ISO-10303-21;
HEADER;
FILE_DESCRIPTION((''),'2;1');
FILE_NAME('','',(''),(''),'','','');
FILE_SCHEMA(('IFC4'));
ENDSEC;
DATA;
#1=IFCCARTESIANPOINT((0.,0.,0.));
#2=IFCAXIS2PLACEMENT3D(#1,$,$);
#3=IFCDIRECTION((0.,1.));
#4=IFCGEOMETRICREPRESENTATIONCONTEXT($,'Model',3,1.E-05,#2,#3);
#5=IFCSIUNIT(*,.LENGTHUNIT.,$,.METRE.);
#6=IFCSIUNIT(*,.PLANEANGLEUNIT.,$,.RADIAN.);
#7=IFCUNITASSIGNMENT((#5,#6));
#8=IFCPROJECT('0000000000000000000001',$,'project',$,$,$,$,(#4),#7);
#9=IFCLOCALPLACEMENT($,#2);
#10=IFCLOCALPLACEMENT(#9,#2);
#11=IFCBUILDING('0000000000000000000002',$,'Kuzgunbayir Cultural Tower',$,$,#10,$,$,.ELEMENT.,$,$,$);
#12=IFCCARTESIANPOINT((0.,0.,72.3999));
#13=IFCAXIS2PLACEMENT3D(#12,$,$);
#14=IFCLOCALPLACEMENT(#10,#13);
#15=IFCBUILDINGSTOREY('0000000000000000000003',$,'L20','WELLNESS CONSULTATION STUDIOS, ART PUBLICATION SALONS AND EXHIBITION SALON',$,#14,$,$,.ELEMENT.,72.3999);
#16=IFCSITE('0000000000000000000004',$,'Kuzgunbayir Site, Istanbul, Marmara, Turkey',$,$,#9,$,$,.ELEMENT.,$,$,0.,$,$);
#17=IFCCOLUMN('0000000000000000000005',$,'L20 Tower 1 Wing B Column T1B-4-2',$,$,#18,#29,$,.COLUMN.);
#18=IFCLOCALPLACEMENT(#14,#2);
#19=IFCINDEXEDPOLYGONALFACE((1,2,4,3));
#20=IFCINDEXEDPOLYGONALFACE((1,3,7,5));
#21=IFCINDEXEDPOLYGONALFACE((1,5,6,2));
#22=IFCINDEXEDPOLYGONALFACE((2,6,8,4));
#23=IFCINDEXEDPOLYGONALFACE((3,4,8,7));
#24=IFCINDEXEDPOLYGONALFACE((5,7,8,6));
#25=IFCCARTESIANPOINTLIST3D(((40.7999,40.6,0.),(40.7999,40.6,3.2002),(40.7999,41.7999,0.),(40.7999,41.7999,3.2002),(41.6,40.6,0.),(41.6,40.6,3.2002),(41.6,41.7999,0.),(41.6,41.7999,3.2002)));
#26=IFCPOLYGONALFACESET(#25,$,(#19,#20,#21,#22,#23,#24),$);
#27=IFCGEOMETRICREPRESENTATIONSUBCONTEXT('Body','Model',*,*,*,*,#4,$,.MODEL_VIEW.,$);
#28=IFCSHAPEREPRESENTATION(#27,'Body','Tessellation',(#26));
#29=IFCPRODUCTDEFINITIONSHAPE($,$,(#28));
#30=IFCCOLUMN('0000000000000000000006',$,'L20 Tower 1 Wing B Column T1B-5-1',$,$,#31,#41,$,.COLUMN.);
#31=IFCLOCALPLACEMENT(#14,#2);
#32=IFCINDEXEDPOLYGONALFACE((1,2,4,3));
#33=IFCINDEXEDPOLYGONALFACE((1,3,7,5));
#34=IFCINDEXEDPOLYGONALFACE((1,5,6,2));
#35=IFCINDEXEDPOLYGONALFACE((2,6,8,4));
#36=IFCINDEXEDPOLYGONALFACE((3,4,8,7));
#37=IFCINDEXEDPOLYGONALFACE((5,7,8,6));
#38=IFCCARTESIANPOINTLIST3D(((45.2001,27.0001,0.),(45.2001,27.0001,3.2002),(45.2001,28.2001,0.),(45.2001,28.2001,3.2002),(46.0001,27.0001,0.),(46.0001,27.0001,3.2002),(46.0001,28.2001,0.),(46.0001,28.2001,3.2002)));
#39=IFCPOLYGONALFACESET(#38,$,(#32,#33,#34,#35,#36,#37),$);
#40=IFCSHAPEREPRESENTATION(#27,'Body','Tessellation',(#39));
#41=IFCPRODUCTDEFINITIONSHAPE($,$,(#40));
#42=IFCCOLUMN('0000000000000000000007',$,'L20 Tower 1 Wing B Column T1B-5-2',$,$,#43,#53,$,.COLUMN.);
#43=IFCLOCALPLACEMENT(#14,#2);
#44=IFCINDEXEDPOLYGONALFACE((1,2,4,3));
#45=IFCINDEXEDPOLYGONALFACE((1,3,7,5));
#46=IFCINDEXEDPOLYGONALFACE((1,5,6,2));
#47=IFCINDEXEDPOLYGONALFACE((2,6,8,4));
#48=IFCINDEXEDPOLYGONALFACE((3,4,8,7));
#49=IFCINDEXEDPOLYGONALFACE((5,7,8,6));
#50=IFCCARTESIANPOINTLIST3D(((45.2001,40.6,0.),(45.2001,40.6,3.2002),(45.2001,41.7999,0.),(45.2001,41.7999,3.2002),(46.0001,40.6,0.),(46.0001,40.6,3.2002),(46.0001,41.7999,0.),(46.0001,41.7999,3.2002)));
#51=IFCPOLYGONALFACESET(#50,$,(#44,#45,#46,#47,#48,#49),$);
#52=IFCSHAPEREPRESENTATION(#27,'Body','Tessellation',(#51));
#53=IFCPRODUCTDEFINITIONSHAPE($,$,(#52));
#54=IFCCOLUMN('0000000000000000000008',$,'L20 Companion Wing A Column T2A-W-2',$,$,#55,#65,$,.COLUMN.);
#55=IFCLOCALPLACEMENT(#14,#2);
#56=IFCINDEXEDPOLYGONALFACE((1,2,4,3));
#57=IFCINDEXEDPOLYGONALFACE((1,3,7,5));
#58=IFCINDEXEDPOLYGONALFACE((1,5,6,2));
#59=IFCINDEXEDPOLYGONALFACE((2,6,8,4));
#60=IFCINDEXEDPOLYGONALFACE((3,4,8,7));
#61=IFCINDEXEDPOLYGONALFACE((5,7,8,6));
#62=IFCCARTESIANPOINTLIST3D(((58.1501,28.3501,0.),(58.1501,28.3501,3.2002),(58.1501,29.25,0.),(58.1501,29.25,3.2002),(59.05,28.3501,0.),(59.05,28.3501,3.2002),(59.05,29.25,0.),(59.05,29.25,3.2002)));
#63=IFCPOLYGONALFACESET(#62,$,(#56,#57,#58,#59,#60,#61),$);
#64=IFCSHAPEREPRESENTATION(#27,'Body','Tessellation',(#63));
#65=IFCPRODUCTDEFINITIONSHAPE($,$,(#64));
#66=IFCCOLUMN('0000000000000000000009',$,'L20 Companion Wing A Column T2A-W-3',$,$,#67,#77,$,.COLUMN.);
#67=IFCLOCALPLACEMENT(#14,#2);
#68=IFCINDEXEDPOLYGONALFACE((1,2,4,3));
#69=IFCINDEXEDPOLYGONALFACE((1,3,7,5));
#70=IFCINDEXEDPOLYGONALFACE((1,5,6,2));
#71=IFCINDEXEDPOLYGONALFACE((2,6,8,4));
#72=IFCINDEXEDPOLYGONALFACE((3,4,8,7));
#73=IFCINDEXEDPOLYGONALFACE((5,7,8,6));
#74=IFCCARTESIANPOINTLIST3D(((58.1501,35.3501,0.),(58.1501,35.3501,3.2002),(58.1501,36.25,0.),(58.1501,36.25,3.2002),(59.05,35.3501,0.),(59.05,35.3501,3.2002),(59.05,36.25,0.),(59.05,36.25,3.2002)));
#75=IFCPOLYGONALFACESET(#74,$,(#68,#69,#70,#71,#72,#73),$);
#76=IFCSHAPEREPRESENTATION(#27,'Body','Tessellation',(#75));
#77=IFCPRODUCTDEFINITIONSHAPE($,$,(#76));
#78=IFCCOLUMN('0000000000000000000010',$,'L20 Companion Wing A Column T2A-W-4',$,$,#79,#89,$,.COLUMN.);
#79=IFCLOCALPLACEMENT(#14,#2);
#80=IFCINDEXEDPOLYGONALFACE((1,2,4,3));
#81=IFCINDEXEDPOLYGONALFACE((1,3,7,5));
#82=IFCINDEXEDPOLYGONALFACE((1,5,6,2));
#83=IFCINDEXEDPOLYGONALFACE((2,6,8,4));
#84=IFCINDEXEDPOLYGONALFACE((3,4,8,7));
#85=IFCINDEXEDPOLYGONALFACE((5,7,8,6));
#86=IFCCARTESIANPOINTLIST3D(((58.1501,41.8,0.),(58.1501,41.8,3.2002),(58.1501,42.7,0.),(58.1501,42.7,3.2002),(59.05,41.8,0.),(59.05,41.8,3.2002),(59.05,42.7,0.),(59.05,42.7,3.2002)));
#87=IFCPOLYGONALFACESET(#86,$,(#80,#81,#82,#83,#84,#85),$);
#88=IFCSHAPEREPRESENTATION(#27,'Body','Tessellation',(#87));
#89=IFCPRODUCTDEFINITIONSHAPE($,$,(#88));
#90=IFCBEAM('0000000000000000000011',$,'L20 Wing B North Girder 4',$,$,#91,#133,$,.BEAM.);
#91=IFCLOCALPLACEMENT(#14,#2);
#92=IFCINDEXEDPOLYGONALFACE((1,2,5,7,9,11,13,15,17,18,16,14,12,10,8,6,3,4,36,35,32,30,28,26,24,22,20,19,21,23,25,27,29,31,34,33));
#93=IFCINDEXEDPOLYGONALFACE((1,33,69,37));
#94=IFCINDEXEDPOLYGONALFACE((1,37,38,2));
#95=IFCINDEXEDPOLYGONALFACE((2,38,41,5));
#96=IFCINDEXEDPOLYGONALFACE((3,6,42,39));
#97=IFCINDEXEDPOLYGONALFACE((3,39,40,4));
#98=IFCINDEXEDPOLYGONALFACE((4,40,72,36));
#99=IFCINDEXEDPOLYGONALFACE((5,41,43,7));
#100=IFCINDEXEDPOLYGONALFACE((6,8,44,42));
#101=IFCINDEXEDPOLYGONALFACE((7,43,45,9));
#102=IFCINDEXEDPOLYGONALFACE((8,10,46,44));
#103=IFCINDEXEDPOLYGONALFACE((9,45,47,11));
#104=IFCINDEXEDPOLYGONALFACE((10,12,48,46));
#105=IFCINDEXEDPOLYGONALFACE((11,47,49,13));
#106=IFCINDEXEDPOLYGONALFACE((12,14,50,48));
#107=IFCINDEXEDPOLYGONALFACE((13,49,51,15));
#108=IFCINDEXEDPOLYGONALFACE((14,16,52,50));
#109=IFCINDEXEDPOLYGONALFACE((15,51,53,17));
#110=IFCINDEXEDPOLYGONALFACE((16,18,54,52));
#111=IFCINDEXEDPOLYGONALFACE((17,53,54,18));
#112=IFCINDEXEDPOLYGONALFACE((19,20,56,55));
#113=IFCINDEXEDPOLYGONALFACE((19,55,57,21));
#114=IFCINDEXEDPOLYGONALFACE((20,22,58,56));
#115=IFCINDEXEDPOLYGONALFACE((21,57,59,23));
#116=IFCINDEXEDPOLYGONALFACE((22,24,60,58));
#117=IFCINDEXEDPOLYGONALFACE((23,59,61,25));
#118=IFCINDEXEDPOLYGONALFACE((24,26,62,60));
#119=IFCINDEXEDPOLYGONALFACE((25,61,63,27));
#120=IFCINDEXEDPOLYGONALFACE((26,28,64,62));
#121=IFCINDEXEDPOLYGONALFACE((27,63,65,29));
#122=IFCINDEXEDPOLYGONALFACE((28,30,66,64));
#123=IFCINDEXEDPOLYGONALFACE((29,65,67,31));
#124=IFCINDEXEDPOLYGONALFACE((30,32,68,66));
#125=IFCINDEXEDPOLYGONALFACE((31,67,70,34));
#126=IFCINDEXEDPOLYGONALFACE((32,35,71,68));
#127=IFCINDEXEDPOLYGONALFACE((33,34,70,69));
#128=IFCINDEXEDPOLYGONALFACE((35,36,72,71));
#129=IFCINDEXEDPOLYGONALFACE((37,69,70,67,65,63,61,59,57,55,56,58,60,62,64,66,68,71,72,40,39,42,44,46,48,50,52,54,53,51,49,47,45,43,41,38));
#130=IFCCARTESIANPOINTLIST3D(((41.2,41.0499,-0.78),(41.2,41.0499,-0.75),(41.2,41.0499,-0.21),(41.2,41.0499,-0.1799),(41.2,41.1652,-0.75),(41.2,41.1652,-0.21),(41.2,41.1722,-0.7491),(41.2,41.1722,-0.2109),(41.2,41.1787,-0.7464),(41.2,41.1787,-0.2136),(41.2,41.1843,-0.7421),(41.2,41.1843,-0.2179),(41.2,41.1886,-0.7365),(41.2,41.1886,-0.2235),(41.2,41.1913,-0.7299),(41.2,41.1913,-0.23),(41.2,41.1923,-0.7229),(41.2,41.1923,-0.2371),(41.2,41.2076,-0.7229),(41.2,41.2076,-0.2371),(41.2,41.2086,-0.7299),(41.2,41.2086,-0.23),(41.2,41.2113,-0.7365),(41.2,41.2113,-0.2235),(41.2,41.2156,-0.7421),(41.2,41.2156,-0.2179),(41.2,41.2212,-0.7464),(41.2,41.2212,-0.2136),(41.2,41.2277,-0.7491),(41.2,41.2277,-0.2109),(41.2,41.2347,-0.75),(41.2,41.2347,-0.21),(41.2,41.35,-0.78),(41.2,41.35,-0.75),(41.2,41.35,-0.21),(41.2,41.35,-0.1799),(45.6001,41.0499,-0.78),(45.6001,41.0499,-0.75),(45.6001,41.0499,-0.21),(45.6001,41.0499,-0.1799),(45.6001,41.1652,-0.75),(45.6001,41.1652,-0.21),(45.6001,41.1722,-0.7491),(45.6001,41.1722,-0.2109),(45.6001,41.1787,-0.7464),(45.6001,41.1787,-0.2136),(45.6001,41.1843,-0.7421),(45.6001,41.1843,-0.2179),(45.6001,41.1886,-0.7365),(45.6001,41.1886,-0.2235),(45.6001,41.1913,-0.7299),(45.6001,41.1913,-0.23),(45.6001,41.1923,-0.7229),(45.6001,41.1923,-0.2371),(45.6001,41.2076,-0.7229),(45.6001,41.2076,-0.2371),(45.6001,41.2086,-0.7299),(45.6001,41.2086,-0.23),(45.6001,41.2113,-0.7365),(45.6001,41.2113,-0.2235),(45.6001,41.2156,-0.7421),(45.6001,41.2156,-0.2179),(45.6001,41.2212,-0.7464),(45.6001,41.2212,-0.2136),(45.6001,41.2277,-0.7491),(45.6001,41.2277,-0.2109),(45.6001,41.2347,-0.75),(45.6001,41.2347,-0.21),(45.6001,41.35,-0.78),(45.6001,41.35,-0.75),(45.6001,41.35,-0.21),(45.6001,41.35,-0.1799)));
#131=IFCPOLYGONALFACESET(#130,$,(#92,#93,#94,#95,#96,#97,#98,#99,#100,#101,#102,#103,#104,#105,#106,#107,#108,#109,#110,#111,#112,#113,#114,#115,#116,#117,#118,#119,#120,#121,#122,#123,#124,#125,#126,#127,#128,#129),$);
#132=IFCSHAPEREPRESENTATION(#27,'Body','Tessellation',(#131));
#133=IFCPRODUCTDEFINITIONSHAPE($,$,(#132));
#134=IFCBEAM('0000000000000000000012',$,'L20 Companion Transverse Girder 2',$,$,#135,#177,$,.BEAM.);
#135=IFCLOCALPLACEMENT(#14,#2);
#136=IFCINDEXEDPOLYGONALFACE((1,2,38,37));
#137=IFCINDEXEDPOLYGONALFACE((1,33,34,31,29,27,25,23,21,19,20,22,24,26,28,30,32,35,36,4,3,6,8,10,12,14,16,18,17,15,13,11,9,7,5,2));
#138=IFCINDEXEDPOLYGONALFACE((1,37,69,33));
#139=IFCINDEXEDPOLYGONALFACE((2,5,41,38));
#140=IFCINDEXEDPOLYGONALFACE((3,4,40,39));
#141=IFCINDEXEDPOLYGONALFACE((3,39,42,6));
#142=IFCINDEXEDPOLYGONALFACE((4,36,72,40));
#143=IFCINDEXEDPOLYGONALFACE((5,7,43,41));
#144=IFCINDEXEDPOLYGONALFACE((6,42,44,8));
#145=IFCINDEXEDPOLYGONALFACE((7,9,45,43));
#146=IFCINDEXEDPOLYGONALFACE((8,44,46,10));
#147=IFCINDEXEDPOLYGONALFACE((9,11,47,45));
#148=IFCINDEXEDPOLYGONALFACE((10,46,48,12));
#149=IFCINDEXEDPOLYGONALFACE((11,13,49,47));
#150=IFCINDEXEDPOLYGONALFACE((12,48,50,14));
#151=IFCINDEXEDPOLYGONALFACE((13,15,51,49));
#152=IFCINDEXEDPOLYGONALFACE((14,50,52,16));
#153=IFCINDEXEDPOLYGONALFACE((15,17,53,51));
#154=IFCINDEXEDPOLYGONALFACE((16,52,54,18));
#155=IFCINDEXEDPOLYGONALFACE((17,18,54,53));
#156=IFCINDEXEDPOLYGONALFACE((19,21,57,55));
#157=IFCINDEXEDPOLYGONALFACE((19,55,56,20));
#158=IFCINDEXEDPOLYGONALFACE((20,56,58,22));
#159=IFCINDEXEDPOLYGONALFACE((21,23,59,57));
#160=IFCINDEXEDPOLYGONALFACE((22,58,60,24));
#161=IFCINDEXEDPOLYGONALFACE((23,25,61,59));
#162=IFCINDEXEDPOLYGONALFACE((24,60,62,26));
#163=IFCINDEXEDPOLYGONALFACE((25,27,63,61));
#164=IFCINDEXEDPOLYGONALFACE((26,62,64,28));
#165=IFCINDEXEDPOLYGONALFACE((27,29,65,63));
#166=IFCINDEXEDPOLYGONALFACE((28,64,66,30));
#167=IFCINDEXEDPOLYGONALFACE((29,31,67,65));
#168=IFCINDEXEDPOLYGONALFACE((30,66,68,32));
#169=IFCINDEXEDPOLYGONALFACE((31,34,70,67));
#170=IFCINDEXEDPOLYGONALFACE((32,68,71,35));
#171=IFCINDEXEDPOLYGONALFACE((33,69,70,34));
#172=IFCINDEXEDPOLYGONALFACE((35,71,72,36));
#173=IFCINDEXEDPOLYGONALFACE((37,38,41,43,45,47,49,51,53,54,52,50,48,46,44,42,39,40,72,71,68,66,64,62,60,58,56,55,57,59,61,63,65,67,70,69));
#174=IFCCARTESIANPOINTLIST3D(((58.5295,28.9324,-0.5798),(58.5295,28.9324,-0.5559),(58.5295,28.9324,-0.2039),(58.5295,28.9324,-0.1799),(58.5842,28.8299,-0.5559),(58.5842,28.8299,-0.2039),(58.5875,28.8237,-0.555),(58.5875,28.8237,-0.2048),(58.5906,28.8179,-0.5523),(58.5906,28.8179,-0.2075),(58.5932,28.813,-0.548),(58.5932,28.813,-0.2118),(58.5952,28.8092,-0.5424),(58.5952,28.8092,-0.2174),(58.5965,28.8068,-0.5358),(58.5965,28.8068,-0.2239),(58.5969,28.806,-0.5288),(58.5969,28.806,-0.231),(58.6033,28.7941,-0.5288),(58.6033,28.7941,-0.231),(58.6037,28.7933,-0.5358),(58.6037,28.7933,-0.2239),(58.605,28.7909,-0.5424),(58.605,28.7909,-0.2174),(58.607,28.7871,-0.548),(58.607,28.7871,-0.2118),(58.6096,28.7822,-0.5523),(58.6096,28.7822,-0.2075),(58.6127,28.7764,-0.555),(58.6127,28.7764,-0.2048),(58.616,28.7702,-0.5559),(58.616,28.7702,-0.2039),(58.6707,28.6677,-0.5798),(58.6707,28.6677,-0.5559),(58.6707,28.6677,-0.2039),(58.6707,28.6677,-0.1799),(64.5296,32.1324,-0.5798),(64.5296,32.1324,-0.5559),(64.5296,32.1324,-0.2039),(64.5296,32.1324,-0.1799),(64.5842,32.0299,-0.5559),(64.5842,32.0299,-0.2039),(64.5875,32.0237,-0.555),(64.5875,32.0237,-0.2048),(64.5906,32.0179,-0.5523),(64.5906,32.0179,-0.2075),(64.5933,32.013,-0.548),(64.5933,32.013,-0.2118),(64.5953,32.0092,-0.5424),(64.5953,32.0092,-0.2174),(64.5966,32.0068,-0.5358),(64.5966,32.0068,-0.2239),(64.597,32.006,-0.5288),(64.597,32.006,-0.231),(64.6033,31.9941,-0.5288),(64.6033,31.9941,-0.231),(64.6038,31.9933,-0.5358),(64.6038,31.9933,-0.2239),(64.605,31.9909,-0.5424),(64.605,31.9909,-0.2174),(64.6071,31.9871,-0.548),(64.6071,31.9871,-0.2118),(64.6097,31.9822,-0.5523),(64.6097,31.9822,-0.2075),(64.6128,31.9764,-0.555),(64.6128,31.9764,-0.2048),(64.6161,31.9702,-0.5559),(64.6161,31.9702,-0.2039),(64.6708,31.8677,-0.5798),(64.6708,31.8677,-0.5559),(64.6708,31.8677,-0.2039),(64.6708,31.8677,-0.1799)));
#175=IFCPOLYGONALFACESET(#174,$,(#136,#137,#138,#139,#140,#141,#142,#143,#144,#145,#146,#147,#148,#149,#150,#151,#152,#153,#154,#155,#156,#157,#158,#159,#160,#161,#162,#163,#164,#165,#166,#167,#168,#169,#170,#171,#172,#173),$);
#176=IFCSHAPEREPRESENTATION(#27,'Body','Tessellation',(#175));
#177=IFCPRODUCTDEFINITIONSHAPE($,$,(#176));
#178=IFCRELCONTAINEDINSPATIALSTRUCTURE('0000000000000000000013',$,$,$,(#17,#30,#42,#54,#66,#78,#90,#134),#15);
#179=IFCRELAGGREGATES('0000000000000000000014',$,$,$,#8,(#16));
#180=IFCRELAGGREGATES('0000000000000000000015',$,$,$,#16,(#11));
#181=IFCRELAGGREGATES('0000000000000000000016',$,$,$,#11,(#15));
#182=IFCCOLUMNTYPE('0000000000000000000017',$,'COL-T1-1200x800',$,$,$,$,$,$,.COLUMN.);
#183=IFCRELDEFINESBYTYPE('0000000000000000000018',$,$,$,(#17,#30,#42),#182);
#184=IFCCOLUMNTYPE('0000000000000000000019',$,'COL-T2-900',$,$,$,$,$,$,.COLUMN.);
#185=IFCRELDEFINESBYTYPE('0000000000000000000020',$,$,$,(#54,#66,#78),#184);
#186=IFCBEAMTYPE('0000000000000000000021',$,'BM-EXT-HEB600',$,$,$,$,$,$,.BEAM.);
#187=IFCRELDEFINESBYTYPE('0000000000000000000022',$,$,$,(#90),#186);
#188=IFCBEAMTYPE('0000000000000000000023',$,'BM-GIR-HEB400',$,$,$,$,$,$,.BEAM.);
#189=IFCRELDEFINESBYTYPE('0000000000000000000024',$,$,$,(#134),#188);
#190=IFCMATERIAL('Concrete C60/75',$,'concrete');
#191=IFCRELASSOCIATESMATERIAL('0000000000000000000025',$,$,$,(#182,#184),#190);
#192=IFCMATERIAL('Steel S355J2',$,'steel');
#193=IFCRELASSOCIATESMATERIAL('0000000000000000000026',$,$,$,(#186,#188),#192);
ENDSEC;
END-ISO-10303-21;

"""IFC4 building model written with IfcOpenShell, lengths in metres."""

from ifc_helpers import new_model, si_unit, direction, frame, origin, origin_2d, place, context, subcontext, project, spatial, rectangle, i_section, extrude, material, material_profile, profile_set, type_object, element, save


model = new_model("IFC4")

# Units and contexts
model_context = context("Model", 3, precision=1e-05, world=origin(), true_north=direction((0.0, 1.0)))
body_context = subcontext(model_context, "Body", "Model", "MODEL_VIEW")
ifc_project = project(units=[si_unit("LENGTHUNIT", "METRE"), si_unit("PLANEANGLEUNIT", "RADIAN")], contexts=[model_context])

# Site, building, storey
site_placement = place(None, origin())
site = spatial("IfcSite", under=ifc_project, at=site_placement, Name="Kuzgunbayir Site, Istanbul, Marmara, Turkey", CompositionType="ELEMENT", RefElevation=0.0)
building_placement = place(site_placement, origin())
building = spatial("IfcBuilding", under=site, at=building_placement, Name="Kuzgunbayir Cultural Tower", CompositionType="ELEMENT")
storey_placement = place(building_placement, frame((0.0, 0.0, 72.3999)))
storey = spatial("IfcBuildingStorey", under=building, at=storey_placement, Name="L20", Description="WELLNESS CONSULTATION STUDIOS, ART PUBLICATION SALONS AND EXHIBITION SALON", CompositionType="ELEMENT", Elevation=72.3999)

# Columns
ifc_material_1 = material(Name="Concrete C60/75", Category="concrete")
ifc_material_profile_1 = material_profile(ifc_material_1, rectangle(XDim=0.8, YDim=1.2, at=origin_2d()), Name="RC 1200x800")
ifc_profile_set_1 = profile_set([ifc_material_profile_1], Name="Concrete C60/75")
column_type_1 = type_object("IfcColumnType", Name="COL-T1-1200x800", PredefinedType="COLUMN", material=ifc_profile_set_1)
for number, where, z_axis, x_axis, name in (
    (1, (41.2, 41.2, 0.0), (0.0, 0.0, 1.0), (1.0, 0.0, 0.0), "L20 Tower 1 Wing B Column T1B-4-2"),
    (2, (45.6001, 27.6001, 0.0), (0.0, 0.0, 1.0), (1.0, 0.0, 0.0), "L20 Tower 1 Wing B Column T1B-5-1"),
    (3, (45.6001, 41.2, 0.0), (0.0, 0.0, 1.0), (1.0, 0.0, 0.0), "L20 Tower 1 Wing B Column T1B-5-2"),
):
    element("IfcColumn", number, at=place(storey_placement, frame(where, z_axis=z_axis, x_axis=x_axis)), inside=storey, type_object=column_type_1, Name=name, PredefinedType="COLUMN", context=body_context, shape_type="SweptSolid", body=[
        extrude(rectangle(XDim=0.8, YDim=1.2, at=origin_2d()), origin(), (0.0, 0.0, 1.0), 3.2002),
    ])
ifc_material_profile_2 = material_profile(ifc_material_1, rectangle(XDim=0.8999, YDim=0.8999, at=origin_2d()), Name="RC 900x900")
ifc_profile_set_2 = profile_set([ifc_material_profile_2], Name="Concrete C60/75")
column_type_2 = type_object("IfcColumnType", Name="COL-T2-900", PredefinedType="COLUMN", material=ifc_profile_set_2)
for number, where, z_axis, x_axis, name in (
    (4, (58.6001, 28.8, 0.0), (0.0, 0.0, 1.0), (1.0, 0.0, 0.0), "L20 Companion Wing A Column T2A-W-2"),
    (5, (58.6001, 35.8, 0.0), (0.0, 0.0, 1.0), (1.0, 0.0, 0.0), "L20 Companion Wing A Column T2A-W-3"),
    (6, (58.6001, 42.25, 0.0), (0.0, 0.0, 1.0), (1.0, 0.0, 0.0), "L20 Companion Wing A Column T2A-W-4"),
):
    element("IfcColumn", number, at=place(storey_placement, frame(where, z_axis=z_axis, x_axis=x_axis)), inside=storey, type_object=column_type_2, Name=name, PredefinedType="COLUMN", context=body_context, shape_type="SweptSolid", body=[
        extrude(rectangle(XDim=0.8999, YDim=0.8999, at=origin_2d()), origin(), (0.0, 0.0, 1.0), 3.2002),
    ])

# Beams
ifc_material_2 = material(Name="Steel S355J2", Category="steel")
ifc_material_profile_3 = material_profile(ifc_material_2, i_section(OverallWidth=0.3, OverallDepth=0.6001, WebThickness=0.0154, FlangeThickness=0.03, FilletRadius=0.0271, at=origin_2d()), Name="HEB 600")
ifc_profile_set_3 = profile_set([ifc_material_profile_3], Name="Steel S355J2")
beam_type_1 = type_object("IfcBeamType", Name="BM-EXT-HEB600", PredefinedType="BEAM", material=ifc_profile_set_3)
beam_1_placement = place(storey_placement, frame((41.2, 41.2, -0.48), z_axis=(1.0, 0.0, 0.0), x_axis=(0.0, 1.0, 0.0)))
element("IfcBeam", 7, at=beam_1_placement, inside=storey, type_object=beam_type_1, Name="L20 Wing B North Girder 4", PredefinedType="BEAM", context=body_context, shape_type="SweptSolid", body=[
    extrude(i_section(OverallWidth=0.3, OverallDepth=0.6001, WebThickness=0.0154, FlangeThickness=0.03, FilletRadius=0.0271, at=origin_2d()), origin(), (0.0, 0.0, 1.0), 4.4001),
])
ifc_material_profile_4 = material_profile(ifc_material_2, i_section(OverallWidth=0.3, OverallDepth=0.3999, WebThickness=0.0134, FlangeThickness=0.0239, FilletRadius=0.0271, at=origin_2d()), Name="HEB 400")
ifc_profile_set_4 = profile_set([ifc_material_profile_4], Name="Steel S355J2")
beam_type_2 = type_object("IfcBeamType", Name="BM-GIR-HEB400", PredefinedType="BEAM", material=ifc_profile_set_4)
beam_2_placement = place(storey_placement, frame((58.6001, 28.8, -0.3799), z_axis=(0.882356, 0.470583, 0.0), x_axis=(-0.470583, 0.882356, 0.0)))
element("IfcBeam", 8, at=beam_2_placement, inside=storey, type_object=beam_type_2, Name="L20 Companion Transverse Girder 2", PredefinedType="BEAM", context=body_context, shape_type="SweptSolid", body=[
    extrude(i_section(OverallWidth=0.3, OverallDepth=0.3999, WebThickness=0.0134, FlangeThickness=0.0239, FilletRadius=0.0271, at=origin_2d()), origin(), (0.0, 0.0, 1.0), 6.8),
])

save(model, "model.ifc")
